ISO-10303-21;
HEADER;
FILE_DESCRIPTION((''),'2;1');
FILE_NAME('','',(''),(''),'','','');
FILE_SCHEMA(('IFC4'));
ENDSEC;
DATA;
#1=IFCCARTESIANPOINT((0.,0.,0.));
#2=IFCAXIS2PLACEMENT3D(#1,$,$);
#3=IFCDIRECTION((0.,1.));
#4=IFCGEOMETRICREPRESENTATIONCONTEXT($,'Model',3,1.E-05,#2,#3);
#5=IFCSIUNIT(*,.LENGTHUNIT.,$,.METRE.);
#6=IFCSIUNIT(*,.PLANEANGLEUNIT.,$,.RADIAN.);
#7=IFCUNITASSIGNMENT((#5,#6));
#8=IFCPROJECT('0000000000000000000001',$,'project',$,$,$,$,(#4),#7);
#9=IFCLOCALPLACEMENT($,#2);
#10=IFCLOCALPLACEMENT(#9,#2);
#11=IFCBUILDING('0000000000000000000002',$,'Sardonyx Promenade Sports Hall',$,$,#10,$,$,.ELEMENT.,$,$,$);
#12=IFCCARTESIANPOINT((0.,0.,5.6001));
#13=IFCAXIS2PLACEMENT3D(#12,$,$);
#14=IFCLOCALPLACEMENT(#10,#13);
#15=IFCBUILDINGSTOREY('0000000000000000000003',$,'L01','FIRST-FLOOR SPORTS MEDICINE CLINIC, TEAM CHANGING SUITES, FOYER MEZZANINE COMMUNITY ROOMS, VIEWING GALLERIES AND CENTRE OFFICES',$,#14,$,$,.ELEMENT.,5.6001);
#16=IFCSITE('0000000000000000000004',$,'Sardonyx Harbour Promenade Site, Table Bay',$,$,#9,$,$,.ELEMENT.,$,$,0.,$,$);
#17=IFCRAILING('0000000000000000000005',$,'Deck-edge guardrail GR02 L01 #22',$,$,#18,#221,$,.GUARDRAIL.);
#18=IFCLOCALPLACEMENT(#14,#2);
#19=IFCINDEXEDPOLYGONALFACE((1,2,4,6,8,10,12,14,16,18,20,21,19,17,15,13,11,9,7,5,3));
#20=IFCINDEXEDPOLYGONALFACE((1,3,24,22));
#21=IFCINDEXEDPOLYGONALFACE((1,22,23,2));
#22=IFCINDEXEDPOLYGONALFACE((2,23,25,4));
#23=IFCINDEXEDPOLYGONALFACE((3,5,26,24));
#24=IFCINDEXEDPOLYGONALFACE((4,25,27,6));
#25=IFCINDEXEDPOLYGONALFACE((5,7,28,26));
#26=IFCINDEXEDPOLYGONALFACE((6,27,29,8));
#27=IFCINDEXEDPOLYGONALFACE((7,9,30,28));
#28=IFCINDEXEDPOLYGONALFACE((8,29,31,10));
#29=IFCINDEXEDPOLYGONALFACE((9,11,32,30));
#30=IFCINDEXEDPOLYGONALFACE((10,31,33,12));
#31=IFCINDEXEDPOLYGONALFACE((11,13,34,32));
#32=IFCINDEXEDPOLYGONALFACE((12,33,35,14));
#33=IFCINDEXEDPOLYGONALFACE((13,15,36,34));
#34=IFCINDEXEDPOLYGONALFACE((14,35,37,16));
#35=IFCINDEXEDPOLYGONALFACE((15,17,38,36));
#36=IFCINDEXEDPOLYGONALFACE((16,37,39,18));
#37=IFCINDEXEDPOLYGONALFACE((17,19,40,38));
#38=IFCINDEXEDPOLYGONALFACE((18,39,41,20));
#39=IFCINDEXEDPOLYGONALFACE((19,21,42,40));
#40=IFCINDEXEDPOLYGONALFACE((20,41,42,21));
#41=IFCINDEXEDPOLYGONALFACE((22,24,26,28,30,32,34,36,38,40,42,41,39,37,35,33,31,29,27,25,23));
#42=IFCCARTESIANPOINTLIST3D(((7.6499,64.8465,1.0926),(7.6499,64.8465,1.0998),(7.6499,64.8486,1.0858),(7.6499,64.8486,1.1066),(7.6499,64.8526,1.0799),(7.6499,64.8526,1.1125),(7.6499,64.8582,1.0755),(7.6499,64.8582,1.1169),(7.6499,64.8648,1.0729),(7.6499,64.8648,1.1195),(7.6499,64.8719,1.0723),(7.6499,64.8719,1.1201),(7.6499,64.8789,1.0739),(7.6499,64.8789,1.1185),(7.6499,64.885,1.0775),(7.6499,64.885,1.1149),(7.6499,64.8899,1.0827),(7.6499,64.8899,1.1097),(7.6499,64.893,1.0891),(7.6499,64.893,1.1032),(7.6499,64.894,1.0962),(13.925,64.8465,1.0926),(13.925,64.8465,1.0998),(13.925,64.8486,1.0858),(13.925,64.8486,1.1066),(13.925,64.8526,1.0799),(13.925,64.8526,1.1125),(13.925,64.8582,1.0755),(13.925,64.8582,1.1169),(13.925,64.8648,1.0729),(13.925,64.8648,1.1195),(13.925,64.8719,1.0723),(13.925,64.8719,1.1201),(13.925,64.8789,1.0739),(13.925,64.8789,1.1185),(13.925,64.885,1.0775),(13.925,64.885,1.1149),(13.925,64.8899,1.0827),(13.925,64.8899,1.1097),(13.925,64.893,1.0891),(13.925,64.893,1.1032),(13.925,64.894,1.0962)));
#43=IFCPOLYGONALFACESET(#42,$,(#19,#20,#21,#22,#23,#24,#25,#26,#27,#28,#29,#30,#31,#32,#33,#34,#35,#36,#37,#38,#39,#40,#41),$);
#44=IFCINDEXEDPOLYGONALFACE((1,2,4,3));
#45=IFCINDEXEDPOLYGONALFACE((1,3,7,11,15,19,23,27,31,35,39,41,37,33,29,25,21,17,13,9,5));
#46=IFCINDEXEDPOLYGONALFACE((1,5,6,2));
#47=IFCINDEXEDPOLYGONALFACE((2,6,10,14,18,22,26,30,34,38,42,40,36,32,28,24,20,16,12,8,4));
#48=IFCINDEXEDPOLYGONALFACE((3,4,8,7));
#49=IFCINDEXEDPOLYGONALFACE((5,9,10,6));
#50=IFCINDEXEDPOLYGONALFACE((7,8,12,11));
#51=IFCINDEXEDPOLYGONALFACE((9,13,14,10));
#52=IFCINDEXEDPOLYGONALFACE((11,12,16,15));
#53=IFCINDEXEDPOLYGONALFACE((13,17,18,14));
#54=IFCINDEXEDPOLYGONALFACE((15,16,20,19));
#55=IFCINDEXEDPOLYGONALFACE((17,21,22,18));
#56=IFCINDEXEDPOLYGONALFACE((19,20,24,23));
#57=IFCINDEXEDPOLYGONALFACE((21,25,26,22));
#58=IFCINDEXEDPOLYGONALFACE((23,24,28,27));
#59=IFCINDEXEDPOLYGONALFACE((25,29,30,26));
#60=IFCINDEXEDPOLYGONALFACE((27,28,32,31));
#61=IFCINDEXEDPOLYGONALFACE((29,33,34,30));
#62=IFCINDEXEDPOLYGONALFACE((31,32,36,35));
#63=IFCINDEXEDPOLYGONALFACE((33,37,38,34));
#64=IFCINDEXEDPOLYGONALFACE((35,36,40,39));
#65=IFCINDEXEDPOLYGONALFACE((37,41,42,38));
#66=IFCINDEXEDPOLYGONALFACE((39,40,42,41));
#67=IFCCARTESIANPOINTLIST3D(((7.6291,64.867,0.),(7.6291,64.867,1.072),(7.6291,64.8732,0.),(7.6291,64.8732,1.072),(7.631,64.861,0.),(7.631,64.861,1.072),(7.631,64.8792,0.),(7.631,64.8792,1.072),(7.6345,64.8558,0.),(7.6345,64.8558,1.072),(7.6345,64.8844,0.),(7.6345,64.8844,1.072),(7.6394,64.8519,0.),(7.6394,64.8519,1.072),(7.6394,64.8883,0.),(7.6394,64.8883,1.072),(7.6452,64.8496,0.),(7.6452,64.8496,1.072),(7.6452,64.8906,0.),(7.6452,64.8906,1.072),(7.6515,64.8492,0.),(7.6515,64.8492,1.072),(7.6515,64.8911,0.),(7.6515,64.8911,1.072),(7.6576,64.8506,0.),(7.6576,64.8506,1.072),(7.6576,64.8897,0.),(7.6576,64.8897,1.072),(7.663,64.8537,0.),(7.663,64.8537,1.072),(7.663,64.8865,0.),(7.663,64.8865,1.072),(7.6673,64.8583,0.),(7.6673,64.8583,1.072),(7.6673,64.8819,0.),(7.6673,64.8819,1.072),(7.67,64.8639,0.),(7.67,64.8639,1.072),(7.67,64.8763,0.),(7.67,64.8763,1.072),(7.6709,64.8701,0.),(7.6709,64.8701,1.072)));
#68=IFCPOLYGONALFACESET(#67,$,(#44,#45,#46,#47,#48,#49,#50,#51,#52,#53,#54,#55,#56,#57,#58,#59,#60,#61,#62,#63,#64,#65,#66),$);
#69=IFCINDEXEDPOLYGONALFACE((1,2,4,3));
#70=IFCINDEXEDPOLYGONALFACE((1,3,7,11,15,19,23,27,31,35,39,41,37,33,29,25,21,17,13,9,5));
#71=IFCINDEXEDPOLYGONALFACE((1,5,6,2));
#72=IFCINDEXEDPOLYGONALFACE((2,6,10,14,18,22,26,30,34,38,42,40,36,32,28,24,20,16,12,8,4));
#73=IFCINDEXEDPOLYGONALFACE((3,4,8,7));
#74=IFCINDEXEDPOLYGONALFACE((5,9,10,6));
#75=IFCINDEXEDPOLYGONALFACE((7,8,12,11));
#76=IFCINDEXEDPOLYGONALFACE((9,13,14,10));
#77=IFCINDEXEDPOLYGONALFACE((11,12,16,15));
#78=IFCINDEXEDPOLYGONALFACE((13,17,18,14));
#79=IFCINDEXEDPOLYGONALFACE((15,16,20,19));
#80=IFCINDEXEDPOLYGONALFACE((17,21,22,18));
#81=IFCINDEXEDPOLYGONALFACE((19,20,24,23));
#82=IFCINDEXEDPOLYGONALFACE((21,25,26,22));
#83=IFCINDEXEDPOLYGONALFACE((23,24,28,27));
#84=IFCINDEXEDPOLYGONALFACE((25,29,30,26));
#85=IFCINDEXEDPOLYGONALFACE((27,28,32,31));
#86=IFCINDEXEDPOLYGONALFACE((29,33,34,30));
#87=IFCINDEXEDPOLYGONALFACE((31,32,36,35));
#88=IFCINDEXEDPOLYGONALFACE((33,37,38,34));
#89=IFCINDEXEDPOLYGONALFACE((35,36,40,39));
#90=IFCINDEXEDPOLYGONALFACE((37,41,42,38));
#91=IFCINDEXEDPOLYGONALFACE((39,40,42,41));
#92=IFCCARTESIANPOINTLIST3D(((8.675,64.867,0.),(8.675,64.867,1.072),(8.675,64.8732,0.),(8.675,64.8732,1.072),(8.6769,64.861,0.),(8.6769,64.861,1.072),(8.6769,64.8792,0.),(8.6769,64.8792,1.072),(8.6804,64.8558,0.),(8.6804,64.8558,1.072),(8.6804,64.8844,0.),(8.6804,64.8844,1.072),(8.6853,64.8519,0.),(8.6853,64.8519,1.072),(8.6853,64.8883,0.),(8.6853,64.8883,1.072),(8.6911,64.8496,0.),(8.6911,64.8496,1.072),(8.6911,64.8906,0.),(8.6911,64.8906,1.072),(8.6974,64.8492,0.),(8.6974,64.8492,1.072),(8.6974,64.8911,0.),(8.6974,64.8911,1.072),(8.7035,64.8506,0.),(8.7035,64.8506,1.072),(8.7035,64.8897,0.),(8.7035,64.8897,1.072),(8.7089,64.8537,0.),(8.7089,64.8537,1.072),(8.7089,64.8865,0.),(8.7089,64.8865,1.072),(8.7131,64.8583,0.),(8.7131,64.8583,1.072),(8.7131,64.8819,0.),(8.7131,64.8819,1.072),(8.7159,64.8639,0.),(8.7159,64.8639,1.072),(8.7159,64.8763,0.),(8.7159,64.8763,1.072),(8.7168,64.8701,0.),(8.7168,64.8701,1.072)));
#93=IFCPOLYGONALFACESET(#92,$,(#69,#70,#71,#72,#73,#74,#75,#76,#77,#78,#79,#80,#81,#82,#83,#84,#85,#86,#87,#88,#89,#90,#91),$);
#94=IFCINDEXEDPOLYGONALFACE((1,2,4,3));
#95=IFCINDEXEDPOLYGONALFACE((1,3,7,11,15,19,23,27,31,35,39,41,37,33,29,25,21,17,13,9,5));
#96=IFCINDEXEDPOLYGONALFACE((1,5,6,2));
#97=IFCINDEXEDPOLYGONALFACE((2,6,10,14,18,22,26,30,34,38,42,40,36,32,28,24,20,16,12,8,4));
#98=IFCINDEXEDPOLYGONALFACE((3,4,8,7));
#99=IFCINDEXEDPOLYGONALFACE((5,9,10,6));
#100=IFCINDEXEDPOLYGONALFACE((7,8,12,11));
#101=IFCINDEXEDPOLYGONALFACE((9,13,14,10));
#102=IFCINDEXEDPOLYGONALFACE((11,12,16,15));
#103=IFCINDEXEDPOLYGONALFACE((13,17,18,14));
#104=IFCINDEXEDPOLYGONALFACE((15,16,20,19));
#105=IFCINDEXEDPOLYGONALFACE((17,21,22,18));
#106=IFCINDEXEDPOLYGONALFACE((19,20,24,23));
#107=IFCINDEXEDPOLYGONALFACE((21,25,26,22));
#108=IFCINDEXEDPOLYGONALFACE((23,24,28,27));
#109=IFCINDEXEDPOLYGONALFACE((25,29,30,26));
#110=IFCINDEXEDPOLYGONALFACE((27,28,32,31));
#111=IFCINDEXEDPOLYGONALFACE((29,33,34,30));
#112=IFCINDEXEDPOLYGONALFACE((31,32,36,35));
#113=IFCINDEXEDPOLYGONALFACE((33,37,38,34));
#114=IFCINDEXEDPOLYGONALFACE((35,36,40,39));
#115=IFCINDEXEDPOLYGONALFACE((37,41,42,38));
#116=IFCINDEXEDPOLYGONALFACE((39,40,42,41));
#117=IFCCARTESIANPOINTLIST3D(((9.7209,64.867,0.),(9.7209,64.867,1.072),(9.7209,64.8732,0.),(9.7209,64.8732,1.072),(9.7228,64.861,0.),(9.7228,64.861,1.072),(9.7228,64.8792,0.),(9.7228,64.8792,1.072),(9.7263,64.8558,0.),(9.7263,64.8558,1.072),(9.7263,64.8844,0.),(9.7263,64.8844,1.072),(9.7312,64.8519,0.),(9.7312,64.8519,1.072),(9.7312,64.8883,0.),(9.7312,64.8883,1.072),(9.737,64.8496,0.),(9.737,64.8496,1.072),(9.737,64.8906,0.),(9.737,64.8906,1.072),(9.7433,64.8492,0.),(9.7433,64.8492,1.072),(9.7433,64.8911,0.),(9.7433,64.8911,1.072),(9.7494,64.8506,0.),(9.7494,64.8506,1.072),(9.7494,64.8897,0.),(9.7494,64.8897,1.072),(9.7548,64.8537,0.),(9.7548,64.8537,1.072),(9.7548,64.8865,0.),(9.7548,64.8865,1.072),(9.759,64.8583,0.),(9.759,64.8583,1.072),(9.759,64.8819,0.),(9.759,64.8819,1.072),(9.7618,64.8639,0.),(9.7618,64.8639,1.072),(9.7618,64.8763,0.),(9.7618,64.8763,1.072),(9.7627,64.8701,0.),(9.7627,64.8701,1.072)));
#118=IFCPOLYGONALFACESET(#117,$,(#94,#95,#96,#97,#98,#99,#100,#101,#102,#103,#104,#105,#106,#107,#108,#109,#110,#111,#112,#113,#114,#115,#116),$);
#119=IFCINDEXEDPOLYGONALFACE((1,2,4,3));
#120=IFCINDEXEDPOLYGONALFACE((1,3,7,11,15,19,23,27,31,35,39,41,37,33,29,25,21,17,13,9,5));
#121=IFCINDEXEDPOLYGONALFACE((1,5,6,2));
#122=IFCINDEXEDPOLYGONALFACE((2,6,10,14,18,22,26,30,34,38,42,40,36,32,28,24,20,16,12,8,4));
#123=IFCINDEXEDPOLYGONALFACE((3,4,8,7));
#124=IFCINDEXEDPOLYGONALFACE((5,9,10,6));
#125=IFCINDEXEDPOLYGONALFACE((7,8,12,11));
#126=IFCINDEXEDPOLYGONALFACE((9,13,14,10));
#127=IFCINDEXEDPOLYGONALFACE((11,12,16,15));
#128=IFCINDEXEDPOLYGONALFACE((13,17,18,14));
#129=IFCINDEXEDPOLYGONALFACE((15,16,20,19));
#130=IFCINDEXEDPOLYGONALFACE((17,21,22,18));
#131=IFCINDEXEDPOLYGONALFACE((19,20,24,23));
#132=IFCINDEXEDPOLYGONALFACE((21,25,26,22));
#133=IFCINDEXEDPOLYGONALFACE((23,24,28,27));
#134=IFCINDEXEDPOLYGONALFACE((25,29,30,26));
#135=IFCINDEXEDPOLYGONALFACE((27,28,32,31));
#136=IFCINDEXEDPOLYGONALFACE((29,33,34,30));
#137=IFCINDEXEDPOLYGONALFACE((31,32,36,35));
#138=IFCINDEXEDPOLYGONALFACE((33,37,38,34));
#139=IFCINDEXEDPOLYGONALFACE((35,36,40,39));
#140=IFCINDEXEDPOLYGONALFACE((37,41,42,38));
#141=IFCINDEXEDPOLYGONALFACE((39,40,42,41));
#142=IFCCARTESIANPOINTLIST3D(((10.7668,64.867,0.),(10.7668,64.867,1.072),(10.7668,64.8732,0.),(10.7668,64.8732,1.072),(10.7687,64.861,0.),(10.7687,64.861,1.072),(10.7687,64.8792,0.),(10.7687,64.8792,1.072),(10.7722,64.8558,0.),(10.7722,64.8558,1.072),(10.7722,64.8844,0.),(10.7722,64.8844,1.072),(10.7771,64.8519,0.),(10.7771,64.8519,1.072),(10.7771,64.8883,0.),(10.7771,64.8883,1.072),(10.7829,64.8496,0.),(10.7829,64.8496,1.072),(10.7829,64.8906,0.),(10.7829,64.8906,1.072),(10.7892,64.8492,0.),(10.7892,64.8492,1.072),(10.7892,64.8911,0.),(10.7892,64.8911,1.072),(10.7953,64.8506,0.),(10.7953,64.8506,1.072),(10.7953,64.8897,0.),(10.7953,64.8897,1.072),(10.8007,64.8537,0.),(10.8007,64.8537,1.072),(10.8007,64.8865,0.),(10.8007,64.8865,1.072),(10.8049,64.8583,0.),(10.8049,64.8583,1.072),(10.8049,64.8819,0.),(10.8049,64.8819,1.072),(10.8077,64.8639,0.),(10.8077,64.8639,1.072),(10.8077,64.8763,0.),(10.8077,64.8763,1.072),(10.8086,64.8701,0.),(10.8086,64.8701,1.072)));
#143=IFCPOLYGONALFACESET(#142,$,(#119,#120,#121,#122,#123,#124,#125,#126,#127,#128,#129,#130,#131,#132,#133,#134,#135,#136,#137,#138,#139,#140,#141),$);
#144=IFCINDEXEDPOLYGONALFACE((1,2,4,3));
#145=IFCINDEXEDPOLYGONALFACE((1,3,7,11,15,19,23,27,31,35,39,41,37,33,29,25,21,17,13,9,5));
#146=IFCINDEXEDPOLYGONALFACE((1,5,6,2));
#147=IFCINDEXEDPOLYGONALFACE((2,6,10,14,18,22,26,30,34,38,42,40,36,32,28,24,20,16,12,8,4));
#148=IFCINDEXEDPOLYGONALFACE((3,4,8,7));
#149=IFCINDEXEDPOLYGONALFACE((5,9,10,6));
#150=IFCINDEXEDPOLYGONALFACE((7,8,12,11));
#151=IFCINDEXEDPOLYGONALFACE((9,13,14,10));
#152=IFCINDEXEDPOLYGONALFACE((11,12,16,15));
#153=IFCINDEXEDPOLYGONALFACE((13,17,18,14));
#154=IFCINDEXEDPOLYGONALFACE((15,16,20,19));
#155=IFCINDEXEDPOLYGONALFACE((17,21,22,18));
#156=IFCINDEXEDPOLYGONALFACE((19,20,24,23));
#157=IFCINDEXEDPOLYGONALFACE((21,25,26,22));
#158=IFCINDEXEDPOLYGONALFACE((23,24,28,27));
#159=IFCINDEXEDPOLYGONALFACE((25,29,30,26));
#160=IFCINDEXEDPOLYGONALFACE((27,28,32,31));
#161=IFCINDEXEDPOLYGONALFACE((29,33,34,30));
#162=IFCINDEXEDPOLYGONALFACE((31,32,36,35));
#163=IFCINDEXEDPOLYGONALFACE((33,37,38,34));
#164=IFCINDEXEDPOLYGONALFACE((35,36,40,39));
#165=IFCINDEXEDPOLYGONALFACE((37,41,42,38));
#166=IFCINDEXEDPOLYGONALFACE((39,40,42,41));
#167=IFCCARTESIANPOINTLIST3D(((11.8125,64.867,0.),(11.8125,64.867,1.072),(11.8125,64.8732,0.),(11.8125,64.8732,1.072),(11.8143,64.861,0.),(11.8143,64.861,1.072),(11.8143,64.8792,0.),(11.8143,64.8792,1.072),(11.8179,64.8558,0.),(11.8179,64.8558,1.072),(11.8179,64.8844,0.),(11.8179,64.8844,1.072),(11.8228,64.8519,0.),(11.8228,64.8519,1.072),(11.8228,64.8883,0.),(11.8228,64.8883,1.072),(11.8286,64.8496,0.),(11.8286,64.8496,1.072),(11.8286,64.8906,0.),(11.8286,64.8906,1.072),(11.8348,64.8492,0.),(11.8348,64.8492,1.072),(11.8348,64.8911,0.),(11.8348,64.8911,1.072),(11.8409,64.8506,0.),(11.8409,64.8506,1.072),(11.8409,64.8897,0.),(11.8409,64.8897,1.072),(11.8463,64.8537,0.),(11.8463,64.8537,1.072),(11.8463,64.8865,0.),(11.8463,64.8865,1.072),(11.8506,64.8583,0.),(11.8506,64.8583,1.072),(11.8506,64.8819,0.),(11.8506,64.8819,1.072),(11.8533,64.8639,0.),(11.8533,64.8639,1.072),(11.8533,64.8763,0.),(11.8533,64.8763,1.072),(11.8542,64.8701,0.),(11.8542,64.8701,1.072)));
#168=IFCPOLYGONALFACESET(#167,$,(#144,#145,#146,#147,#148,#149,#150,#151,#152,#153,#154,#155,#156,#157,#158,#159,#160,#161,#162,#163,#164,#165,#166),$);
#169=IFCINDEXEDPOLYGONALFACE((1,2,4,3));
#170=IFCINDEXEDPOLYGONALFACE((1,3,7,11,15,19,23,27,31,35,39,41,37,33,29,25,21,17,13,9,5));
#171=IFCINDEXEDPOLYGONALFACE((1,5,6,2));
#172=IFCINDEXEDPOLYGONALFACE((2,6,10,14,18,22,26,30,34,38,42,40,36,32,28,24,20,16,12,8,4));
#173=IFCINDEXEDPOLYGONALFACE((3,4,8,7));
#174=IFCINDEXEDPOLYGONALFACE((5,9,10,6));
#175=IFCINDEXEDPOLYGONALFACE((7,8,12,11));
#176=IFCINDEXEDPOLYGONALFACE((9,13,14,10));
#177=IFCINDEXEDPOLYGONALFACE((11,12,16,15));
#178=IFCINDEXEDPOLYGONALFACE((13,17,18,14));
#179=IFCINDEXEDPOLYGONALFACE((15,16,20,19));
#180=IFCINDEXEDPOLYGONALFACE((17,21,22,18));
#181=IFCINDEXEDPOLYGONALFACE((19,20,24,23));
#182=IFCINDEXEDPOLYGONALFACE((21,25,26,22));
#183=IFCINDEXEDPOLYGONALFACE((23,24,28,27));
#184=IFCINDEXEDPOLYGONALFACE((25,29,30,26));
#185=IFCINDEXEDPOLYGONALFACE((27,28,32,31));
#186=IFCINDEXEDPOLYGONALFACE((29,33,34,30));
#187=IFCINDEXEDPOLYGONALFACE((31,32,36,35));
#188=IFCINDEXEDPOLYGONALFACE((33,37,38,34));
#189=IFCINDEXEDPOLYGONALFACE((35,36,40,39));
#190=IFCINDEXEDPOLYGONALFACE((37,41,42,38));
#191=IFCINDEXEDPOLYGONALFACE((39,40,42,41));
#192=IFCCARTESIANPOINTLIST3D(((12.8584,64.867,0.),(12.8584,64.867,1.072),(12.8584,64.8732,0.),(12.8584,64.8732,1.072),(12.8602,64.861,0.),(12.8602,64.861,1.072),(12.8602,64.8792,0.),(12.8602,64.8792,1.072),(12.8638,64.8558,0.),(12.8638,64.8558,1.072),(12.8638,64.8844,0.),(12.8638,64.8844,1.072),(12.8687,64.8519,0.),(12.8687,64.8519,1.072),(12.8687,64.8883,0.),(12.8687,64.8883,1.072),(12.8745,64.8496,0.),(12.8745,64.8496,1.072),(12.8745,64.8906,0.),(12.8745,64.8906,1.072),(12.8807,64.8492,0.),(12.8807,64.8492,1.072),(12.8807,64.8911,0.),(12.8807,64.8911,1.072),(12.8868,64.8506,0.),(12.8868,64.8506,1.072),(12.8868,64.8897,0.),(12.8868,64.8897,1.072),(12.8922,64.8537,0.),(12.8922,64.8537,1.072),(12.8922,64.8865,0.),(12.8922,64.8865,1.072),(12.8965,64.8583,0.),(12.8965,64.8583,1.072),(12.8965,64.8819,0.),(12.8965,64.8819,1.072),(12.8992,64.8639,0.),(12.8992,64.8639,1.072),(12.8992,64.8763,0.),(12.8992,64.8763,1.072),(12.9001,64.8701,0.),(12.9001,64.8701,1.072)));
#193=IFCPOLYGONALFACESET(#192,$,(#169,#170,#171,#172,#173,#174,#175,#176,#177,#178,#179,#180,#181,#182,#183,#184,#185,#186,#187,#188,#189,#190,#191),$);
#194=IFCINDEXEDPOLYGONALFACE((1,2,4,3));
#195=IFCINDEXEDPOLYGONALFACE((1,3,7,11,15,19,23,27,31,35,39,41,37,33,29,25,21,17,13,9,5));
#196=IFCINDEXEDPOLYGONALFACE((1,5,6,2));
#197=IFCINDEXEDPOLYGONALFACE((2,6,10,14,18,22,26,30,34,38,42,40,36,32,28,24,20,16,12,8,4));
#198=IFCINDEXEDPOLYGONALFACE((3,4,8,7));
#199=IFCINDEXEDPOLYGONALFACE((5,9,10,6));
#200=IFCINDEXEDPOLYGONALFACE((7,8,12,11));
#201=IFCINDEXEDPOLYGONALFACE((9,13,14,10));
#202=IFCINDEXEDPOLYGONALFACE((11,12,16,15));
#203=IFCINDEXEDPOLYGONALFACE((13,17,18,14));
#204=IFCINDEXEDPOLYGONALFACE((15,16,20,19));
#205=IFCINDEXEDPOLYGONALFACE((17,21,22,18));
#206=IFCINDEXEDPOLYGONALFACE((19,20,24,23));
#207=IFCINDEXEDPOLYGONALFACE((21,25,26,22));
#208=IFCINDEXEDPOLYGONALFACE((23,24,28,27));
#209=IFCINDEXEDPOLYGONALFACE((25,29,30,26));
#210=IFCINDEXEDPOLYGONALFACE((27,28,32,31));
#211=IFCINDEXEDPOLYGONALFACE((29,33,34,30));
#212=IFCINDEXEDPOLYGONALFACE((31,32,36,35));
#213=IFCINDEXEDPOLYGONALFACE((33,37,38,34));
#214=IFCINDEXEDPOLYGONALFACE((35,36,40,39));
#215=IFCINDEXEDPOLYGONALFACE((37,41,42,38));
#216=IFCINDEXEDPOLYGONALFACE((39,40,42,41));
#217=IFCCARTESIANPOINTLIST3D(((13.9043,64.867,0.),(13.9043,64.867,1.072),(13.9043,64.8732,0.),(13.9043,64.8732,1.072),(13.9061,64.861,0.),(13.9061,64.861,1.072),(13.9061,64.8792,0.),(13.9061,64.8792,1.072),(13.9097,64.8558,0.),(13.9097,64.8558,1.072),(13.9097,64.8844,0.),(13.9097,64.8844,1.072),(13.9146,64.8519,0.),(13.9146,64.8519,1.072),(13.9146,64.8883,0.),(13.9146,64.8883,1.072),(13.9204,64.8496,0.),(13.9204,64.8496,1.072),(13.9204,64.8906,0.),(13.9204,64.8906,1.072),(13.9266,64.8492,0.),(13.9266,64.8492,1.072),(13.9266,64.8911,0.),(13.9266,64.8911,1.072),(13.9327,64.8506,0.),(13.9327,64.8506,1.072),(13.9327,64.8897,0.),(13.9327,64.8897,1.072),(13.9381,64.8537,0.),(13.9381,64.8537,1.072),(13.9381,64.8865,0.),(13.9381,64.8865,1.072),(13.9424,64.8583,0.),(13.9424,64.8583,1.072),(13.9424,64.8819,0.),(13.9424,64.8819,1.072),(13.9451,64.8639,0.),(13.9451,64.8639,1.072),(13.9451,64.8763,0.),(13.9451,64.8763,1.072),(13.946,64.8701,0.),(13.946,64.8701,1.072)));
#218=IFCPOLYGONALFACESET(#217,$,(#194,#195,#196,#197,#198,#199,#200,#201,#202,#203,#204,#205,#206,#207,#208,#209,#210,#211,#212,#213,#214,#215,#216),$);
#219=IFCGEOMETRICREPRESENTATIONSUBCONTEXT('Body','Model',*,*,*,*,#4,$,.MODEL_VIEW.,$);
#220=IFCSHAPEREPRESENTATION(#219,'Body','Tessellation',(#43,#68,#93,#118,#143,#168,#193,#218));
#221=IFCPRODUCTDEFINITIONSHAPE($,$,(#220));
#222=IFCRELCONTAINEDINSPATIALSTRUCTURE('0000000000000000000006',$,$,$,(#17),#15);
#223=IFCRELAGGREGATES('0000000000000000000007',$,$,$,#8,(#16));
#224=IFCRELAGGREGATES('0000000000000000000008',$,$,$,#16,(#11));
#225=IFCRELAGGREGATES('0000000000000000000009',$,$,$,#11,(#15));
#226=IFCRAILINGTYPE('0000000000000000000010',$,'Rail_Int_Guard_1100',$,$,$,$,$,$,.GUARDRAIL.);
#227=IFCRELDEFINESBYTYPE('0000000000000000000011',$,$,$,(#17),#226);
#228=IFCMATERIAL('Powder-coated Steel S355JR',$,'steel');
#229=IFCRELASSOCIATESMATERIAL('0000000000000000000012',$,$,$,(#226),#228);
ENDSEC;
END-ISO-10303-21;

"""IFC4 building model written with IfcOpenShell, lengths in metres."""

from ifc_helpers import new_model, si_unit, direction, frame, origin, origin_2d, place, context, subcontext, project, spatial, circle, extrude, material, type_object, element, save


model = new_model("IFC4")

# Units and contexts
model_context = context("Model", 3, precision=1e-05, world=origin(), true_north=direction((0.0, 1.0)))
body_context = subcontext(model_context, "Body", "Model", "MODEL_VIEW")
ifc_project = project(units=[si_unit("LENGTHUNIT", "METRE"), si_unit("PLANEANGLEUNIT", "RADIAN")], contexts=[model_context])

# Site, building, storey
site_placement = place(None, origin())
site = spatial("IfcSite", under=ifc_project, at=site_placement, Name="Sardonyx Harbour Promenade Site, Table Bay", CompositionType="ELEMENT", RefElevation=0.0)
building_placement = place(site_placement, origin())
building = spatial("IfcBuilding", under=site, at=building_placement, Name="Sardonyx Promenade Sports Hall", CompositionType="ELEMENT")
storey_placement = place(building_placement, frame((0.0, 0.0, 5.6001)))
storey = spatial("IfcBuildingStorey", under=building, at=storey_placement, Name="L01", Description="FIRST-FLOOR SPORTS MEDICINE CLINIC, TEAM CHANGING SUITES, FOYER MEZZANINE COMMUNITY ROOMS, VIEWING GALLERIES AND CENTRE OFFICES", CompositionType="ELEMENT", Elevation=5.6001)

# Railing
ifc_material_1 = material(Name="Powder-coated Steel S355JR", Category="steel")
railing_type = type_object("IfcRailingType", Name="Rail_Int_Guard_1100", PredefinedType="GUARDRAIL", material=ifc_material_1)
railing_1_placement = place(storey_placement, frame((7.6499, 64.8701, 0.0)))
element("IfcRailing", 1, at=railing_1_placement, inside=storey, type_object=railing_type, Name="Deck-edge guardrail GR02 L01 #22", PredefinedType="GUARDRAIL", context=body_context, shape_type="SweptSolid", body=[
    extrude(circle(Radius=0.0239, at=origin_2d()), frame((0.0, 0.0, 1.0962), z_axis=(1.0, 0.0, 0.0), x_axis=(0.0, 1.0, 0.0)), (0.0, 0.0, 1.0), 6.2751),
    extrude(circle(Radius=0.021, at=origin_2d()), origin(), (0.0, 0.0, 1.0), 1.072),
    extrude(circle(Radius=0.021, at=origin_2d()), frame((1.0459, 0.0, 0.0)), (0.0, 0.0, 1.0), 1.072),
    extrude(circle(Radius=0.021, at=origin_2d()), frame((2.0918, 0.0, 0.0)), (0.0, 0.0, 1.0), 1.072),
    extrude(circle(Radius=0.021, at=origin_2d()), frame((3.1377, 0.0, 0.0)), (0.0, 0.0, 1.0), 1.072),
    extrude(circle(Radius=0.021, at=origin_2d()), frame((4.1833, 0.0, 0.0)), (0.0, 0.0, 1.0), 1.072),
    extrude(circle(Radius=0.021, at=origin_2d()), frame((5.2292, 0.0, 0.0)), (0.0, 0.0, 1.0), 1.072),
    extrude(circle(Radius=0.021, at=origin_2d()), frame((6.2751, 0.0, 0.0)), (0.0, 0.0, 1.0), 1.072),
])

save(model, "model.ifc")
